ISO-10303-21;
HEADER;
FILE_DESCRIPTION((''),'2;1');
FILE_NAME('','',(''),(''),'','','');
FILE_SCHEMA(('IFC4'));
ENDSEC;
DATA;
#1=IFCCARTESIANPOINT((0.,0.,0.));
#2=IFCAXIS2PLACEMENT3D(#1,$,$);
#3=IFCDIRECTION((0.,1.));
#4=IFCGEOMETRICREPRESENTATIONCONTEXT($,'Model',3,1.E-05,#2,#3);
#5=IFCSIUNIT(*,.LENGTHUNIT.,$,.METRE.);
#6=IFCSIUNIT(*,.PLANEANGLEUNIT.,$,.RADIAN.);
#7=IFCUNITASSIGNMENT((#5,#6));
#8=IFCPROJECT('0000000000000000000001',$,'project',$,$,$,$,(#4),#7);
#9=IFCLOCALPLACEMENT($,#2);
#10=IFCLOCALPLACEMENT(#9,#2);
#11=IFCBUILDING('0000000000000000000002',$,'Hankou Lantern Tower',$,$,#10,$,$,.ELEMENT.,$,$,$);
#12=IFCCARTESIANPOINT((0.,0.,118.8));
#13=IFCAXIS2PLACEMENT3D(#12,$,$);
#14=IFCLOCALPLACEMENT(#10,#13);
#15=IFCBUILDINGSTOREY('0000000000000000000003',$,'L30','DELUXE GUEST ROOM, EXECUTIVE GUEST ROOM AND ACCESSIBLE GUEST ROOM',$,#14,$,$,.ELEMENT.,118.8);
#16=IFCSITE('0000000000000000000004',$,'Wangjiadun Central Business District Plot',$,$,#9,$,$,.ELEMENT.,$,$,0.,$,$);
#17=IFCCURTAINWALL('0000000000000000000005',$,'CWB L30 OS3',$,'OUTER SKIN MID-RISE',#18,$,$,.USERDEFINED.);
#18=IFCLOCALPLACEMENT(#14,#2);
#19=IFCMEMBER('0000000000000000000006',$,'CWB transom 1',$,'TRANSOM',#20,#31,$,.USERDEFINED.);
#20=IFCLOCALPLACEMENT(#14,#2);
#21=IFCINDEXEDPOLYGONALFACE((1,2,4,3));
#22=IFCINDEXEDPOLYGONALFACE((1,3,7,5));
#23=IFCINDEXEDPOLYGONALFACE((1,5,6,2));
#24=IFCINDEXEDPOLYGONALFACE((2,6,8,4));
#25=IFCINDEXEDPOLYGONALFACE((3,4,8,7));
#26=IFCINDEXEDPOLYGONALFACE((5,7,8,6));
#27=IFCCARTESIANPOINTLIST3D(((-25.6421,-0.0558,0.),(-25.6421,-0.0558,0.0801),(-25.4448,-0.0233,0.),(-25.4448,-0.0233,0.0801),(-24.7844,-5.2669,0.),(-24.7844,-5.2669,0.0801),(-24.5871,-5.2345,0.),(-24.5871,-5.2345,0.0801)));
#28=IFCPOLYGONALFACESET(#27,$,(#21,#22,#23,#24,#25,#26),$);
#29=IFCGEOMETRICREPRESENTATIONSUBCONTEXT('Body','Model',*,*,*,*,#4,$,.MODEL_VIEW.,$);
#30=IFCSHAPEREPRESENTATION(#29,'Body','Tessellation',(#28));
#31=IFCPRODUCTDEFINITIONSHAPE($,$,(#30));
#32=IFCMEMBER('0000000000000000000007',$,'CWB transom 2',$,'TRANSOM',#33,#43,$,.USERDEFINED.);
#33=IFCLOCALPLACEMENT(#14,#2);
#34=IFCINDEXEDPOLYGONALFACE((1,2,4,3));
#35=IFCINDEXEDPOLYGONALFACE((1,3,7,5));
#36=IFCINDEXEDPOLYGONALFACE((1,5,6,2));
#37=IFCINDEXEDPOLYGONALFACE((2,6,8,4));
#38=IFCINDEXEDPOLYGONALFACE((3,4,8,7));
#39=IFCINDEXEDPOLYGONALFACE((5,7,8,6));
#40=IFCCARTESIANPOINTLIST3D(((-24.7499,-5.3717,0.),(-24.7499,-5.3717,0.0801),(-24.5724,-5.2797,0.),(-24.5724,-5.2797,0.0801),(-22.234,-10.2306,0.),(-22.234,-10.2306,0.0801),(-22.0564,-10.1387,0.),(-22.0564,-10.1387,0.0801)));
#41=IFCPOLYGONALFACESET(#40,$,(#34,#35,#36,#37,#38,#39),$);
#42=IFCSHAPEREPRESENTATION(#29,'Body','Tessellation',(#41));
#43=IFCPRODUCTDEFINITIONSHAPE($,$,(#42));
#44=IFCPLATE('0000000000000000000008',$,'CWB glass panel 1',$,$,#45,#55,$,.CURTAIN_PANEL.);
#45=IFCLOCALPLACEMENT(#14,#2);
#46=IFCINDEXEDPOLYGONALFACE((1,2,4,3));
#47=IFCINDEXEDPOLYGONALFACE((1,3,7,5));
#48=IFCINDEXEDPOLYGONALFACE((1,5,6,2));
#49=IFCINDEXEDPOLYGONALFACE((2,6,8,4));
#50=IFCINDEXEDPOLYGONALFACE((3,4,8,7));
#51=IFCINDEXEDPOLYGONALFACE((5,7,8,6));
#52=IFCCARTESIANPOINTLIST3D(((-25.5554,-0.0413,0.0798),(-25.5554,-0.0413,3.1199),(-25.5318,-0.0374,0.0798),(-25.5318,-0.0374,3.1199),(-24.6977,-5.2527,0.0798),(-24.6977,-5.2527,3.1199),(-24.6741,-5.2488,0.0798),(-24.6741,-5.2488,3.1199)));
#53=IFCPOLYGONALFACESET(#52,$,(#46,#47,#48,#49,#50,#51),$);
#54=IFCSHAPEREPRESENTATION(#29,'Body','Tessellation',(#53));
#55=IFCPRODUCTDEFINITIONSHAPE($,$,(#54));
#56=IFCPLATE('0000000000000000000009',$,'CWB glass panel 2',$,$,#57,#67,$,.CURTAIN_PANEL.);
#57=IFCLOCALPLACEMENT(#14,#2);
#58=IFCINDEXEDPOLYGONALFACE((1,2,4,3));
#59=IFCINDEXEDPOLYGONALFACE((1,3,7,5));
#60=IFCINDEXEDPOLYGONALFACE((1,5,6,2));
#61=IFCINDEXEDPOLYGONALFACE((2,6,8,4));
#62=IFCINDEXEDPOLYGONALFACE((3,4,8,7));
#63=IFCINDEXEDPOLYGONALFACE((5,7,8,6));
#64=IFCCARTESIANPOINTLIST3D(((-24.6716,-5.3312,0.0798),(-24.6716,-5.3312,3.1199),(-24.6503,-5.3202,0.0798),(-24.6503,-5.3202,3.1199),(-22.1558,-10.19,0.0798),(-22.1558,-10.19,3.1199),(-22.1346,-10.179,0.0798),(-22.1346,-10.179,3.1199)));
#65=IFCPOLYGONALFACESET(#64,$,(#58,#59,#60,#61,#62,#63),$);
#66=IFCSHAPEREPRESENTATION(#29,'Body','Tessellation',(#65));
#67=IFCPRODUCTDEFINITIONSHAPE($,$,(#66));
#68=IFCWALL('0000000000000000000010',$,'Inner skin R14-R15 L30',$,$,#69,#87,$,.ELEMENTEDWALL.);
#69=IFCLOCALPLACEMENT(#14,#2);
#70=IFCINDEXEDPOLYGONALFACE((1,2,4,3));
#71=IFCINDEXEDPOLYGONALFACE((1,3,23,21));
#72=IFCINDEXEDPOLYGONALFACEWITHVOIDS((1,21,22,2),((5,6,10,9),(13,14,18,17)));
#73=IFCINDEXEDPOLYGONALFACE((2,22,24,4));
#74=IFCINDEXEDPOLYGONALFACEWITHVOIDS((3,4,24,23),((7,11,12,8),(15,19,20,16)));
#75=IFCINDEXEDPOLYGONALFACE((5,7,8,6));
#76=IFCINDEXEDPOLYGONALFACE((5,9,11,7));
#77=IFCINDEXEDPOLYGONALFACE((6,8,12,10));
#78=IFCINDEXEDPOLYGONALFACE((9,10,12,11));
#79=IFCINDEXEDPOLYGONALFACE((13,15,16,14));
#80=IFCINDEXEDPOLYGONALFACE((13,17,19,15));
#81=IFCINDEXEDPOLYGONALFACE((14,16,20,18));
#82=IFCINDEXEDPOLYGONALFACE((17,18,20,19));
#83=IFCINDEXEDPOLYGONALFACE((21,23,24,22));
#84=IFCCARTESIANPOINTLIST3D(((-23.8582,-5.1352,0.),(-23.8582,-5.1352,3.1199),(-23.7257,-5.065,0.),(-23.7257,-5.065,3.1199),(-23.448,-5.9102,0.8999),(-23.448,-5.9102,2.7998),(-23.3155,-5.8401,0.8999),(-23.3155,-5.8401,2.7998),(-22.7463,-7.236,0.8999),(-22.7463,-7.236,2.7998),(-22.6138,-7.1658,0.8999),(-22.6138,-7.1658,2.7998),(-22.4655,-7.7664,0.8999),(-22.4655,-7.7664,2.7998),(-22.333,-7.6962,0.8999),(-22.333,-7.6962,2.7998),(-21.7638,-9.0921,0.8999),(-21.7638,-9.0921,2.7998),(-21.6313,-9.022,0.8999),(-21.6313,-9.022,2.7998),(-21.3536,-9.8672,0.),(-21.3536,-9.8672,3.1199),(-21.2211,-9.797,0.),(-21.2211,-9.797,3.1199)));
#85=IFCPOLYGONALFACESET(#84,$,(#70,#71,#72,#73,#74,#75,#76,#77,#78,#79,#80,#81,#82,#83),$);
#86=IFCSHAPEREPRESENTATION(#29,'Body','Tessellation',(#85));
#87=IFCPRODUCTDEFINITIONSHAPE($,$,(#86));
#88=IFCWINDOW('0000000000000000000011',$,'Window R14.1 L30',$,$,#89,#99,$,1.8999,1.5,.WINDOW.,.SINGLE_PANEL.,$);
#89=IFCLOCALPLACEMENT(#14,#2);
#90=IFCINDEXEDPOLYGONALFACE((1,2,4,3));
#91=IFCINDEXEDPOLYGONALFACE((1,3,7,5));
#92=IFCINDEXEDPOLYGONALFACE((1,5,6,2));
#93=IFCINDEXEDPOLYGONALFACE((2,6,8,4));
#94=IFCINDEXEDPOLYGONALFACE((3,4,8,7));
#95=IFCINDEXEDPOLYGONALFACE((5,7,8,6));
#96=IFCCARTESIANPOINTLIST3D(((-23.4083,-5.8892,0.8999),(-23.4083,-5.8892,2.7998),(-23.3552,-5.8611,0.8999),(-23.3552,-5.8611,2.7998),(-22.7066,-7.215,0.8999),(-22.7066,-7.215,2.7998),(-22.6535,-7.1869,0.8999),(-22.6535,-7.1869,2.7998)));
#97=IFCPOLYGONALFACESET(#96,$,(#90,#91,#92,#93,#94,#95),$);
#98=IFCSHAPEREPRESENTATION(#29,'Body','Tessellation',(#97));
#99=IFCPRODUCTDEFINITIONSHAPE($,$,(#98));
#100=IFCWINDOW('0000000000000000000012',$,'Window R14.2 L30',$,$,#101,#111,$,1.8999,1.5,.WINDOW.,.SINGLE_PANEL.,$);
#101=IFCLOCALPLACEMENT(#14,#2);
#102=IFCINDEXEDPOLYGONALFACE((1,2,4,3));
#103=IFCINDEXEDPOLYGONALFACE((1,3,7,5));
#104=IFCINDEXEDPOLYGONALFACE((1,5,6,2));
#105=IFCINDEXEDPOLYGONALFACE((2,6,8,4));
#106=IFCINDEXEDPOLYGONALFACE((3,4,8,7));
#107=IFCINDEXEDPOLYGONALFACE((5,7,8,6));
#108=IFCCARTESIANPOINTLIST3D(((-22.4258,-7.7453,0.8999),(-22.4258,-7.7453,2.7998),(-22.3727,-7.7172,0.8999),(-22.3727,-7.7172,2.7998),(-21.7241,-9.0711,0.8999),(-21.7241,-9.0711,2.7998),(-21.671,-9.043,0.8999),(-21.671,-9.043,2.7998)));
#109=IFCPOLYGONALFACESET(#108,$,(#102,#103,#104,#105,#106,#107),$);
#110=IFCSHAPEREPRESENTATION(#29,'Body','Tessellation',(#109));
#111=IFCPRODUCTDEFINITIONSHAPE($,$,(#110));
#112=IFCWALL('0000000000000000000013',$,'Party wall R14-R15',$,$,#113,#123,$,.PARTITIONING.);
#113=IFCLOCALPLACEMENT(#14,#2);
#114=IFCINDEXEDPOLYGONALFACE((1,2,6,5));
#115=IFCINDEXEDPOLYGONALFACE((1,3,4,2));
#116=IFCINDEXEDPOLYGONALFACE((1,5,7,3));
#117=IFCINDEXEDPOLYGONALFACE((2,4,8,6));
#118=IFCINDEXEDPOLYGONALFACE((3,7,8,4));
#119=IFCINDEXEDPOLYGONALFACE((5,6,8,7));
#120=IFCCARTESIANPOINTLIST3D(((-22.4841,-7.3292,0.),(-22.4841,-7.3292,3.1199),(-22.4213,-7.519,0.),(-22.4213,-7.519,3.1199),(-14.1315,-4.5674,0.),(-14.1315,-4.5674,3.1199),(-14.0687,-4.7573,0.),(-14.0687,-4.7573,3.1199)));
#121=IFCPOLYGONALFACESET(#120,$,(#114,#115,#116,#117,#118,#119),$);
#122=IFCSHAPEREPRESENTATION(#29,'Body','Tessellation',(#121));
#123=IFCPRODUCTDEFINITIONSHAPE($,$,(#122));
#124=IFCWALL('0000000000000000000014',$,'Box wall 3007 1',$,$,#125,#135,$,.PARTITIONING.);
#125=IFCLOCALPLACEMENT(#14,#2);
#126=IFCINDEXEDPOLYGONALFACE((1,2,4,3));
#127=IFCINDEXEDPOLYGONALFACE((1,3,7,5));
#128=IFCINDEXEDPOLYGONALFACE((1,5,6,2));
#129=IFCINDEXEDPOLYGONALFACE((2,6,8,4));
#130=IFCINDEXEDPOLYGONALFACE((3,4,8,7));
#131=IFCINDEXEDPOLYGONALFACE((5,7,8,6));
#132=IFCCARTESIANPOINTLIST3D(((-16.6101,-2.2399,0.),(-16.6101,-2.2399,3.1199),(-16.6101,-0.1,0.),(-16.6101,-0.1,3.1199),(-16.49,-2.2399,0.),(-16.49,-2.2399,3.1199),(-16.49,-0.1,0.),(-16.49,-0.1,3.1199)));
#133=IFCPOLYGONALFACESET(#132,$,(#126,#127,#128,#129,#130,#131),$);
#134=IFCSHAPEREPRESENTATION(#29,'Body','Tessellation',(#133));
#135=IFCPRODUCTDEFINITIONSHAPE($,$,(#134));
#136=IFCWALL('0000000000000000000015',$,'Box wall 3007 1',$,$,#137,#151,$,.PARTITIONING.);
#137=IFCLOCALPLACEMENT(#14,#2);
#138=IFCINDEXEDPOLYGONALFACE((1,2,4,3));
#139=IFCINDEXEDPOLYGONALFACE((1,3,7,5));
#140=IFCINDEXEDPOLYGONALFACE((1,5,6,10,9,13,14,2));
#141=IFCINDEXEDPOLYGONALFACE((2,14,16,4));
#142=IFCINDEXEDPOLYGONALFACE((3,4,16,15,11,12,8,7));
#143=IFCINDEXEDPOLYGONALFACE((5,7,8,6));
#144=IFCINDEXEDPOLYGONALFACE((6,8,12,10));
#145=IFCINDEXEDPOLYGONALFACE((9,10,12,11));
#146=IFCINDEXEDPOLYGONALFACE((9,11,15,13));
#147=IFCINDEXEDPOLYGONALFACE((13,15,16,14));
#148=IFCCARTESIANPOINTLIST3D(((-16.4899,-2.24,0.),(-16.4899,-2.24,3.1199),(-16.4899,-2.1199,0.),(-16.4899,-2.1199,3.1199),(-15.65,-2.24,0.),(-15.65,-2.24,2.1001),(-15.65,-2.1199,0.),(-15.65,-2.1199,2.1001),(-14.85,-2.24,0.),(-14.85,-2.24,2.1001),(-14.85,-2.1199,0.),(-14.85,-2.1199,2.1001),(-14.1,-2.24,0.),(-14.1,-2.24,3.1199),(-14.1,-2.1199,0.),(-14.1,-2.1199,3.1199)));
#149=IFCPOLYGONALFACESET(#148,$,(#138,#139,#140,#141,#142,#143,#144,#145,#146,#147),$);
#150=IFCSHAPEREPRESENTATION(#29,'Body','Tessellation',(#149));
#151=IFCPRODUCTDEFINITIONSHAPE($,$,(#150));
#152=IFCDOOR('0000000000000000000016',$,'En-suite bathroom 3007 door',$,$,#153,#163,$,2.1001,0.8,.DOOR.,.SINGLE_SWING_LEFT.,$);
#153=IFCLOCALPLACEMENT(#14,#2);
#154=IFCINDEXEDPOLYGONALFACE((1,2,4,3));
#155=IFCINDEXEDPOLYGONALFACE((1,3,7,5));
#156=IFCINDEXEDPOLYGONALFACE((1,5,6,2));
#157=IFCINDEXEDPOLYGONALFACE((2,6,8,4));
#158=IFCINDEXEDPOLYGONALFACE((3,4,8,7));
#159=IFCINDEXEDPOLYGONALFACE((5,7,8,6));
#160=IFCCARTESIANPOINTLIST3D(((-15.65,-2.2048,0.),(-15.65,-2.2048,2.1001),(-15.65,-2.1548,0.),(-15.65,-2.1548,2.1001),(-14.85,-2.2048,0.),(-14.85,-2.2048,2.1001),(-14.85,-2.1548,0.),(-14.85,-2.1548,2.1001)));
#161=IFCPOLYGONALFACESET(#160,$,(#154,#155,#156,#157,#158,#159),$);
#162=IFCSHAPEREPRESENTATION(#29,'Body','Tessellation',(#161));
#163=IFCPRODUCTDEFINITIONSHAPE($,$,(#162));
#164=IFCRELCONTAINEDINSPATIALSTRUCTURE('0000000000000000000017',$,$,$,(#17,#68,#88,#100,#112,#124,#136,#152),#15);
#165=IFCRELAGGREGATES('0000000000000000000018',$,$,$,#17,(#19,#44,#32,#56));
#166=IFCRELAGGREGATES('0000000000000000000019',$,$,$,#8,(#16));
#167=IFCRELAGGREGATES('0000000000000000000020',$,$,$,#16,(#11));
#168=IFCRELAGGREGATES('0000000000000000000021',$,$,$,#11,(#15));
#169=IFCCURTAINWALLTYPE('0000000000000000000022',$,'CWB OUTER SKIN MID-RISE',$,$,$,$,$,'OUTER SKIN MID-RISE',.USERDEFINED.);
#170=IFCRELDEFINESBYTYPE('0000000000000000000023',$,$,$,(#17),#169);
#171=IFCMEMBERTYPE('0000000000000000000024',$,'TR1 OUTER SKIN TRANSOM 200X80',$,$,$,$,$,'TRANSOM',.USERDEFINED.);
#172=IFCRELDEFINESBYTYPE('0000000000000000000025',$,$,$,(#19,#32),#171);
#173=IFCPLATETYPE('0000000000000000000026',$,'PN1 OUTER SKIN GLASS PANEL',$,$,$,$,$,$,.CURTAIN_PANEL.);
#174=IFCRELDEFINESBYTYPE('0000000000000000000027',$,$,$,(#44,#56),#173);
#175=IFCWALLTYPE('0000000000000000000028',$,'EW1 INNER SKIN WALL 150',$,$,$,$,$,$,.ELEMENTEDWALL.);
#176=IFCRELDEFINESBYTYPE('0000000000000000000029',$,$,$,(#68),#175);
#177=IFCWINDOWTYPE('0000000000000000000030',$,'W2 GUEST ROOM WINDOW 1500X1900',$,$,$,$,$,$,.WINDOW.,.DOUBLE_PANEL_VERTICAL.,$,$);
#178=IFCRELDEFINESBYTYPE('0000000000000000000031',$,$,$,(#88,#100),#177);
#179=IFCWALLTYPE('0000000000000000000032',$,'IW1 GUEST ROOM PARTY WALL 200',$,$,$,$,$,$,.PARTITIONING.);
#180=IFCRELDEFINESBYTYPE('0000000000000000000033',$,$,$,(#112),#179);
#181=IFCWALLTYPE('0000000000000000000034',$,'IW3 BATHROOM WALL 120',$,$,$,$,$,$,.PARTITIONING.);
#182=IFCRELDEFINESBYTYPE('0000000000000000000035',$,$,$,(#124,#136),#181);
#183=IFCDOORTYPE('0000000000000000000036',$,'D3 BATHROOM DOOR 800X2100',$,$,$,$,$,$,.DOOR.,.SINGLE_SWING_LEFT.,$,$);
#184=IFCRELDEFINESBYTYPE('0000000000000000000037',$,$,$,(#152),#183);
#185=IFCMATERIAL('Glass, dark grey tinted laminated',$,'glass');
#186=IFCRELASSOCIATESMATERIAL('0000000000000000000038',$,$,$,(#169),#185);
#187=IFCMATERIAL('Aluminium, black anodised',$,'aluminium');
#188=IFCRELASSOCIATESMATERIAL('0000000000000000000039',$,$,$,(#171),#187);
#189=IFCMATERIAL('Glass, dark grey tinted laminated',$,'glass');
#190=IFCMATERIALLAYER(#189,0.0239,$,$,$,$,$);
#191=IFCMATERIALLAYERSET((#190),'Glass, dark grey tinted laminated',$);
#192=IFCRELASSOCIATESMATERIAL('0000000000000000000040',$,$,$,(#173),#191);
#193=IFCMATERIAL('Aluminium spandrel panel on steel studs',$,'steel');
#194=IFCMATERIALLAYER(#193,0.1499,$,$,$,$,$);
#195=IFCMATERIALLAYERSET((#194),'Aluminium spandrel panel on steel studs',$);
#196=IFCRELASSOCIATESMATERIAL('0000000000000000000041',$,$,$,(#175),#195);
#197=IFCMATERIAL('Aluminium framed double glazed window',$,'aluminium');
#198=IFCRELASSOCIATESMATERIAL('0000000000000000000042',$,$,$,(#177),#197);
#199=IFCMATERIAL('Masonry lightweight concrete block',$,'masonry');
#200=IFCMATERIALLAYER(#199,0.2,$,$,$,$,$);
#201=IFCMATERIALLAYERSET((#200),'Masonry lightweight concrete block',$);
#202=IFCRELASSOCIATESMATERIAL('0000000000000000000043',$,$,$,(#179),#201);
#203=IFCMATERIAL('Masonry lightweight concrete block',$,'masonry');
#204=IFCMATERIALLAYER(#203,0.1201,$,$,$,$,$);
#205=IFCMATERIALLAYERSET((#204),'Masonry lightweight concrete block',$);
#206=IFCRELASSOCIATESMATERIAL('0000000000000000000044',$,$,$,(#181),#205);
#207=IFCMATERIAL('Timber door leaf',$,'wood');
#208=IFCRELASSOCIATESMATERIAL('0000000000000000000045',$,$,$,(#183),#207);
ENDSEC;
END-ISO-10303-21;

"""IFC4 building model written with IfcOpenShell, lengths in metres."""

from ifc_helpers import new_model, si_unit, direction, frame, frame_2d, origin, origin_2d, place, context, subcontext, project, spatial, rectangle, extrude, material, layer, layer_set, material_profile, profile_set, type_object, element, fill, aggregate, save


model = new_model("IFC4")

# Units and contexts
model_context = context("Model", 3, precision=1e-05, world=origin(), true_north=direction((0.0, 1.0)))
body_context = subcontext(model_context, "Body", "Model", "MODEL_VIEW")
ifc_project = project(units=[si_unit("LENGTHUNIT", "METRE"), si_unit("PLANEANGLEUNIT", "RADIAN")], contexts=[model_context])

# Site, building, storey
site_placement = place(None, origin())
site = spatial("IfcSite", under=ifc_project, at=site_placement, Name="Wangjiadun Central Business District Plot", CompositionType="ELEMENT", RefElevation=0.0)
building_placement = place(site_placement, origin())
building = spatial("IfcBuilding", under=site, at=building_placement, Name="Hankou Lantern Tower", CompositionType="ELEMENT")
storey_placement = place(building_placement, frame((0.0, 0.0, 118.8)))
storey = spatial("IfcBuildingStorey", under=building, at=storey_placement, Name="L30", Description="DELUXE GUEST ROOM, EXECUTIVE GUEST ROOM AND ACCESSIBLE GUEST ROOM", CompositionType="ELEMENT", Elevation=118.8)

# Curtain wall
ifc_material_1 = material(Name="Glass, dark grey tinted laminated", Category="glass")
curtain_wall_type = type_object("IfcCurtainWallType", Name="CWB OUTER SKIN MID-RISE", ElementType="OUTER SKIN MID-RISE", PredefinedType="USERDEFINED", material=ifc_material_1)
curtain_wall_placement = place(storey_placement, origin())
curtain_wall = element("IfcCurtainWall", 1, at=curtain_wall_placement, inside=storey, type_object=curtain_wall_type, Name="CWB L30 OS3", ObjectType="OUTER SKIN MID-RISE", PredefinedType="USERDEFINED")

# Members
ifc_material_2 = material(Name="Aluminium, black anodised", Category="aluminium")
ifc_material_profile_1 = material_profile(ifc_material_2, rectangle(XDim=0.2, YDim=0.0801, at=origin_2d()), Name="TR1 200X80")
ifc_profile_set_1 = profile_set([ifc_material_profile_1], Name="Aluminium, black anodised")
member_type_1 = type_object("IfcMemberType", Name="TR1 OUTER SKIN TRANSOM 200X80", ElementType="TRANSOM", PredefinedType="USERDEFINED", material=ifc_profile_set_1)
member_1_placement = place(storey_placement, frame((-25.5435, -0.0396, 0.04), z_axis=(0.162397, -0.986725, 0.0), x_axis=(0.986725, 0.162397, 0.0)))
member_1 = element("IfcMember", 2, at=member_1_placement, type_object=member_type_1, Name="CWB transom 1", ObjectType="TRANSOM", PredefinedType="USERDEFINED", context=body_context, shape_type="SweptSolid", body=[
    extrude(rectangle(XDim=0.2, YDim=0.0801, at=origin_2d()), origin(), (0.0, 0.0, 1.0), 5.2812),
])
member_2_placement = place(storey_placement, frame((-24.6611, -5.3257, 0.04), z_axis=(0.459805, -0.88802, 0.0), x_axis=(0.88802, 0.459805, 0.0)))
member_2 = element("IfcMember", 3, at=member_2_placement, type_object=member_type_1, Name="CWB transom 2", ObjectType="TRANSOM", PredefinedType="USERDEFINED", context=body_context, shape_type="SweptSolid", body=[
    extrude(rectangle(XDim=0.2, YDim=0.0801, at=origin_2d()), origin(), (0.0, 0.0, 1.0), 5.4717),
])

# Plates
ifc_material_3 = material(Name="Glass, dark grey tinted laminated", Category="glass")
ifc_layer_1 = layer(ifc_material_3, 0.0239)
ifc_layer_set_1 = layer_set([ifc_layer_1], Name="Glass, dark grey tinted laminated")
plate_type = type_object("IfcPlateType", Name="PN1 OUTER SKIN GLASS PANEL", PredefinedType="CURTAIN_PANEL", material=ifc_layer_set_1)
plate_1_placement = place(storey_placement, frame((-25.1147, -2.645, 0.0798), z_axis=(0.0, 0.0, 1.0), x_axis=(0.162382, -0.986728, 0.0)))
plate_1 = element("IfcPlate", 4, at=plate_1_placement, type_object=plate_type, Name="CWB glass panel 1", PredefinedType="CURTAIN_PANEL", context=body_context, shape_type="SweptSolid", body=[
    extrude(rectangle(XDim=5.2815, YDim=0.0239, at=origin_2d()), origin(), (0.0, 0.0, 1.0), 3.04),
])
plate_2_placement = place(storey_placement, frame((-23.4031, -7.7551, 0.0798), z_axis=(0.0, 0.0, 1.0), x_axis=(0.459791, -0.888027, 0.0)))
plate_2 = element("IfcPlate", 5, at=plate_2_placement, type_object=plate_type, Name="CWB glass panel 2", PredefinedType="CURTAIN_PANEL", context=body_context, shape_type="SweptSolid", body=[
    extrude(rectangle(XDim=5.4714, YDim=0.0239, at=origin_2d()), origin(), (0.0, 0.0, 1.0), 3.04),
])
aggregate(curtain_wall, [member_1, plate_1, member_2, plate_2])

# Wall, openings, windows
ifc_material_4 = material(Name="Aluminium spandrel panel on steel studs", Category="steel")
ifc_layer_2 = layer(ifc_material_4, 0.1499)
ifc_layer_set_2 = layer_set([ifc_layer_2], Name="Aluminium spandrel panel on steel studs")
wall_type_1 = type_object("IfcWallType", Name="EW1 INNER SKIN WALL 150", PredefinedType="ELEMENTEDWALL", material=ifc_layer_set_2)
wall_1_placement = place(storey_placement, frame((-23.792, -5.1001, 0.0), z_axis=(0.0, 0.0, 1.0), x_axis=(0.467814, -0.883827, 0.0)))
wall_1 = element("IfcWall", 6, at=wall_1_placement, inside=storey, type_object=wall_type_1, Name="Inner skin R14-R15 L30", PredefinedType="ELEMENTEDWALL", context=body_context, shape_type="SweptSolid", body=[
    extrude(rectangle(XDim=5.354, YDim=0.1499, at=frame_2d((2.677, 0.0))), origin(), (0.0, 0.0, 1.0), 3.1199),
])
opening_1_placement = place(wall_1_placement, frame((0.877, 0.0, 0.8999)))
opening_1 = element("IfcOpeningElement", 7, at=opening_1_placement, cuts=wall_1, PredefinedType="OPENING", context=body_context, shape_type="SweptSolid", body=[
    extrude(rectangle(XDim=1.5, YDim=1.8999, at=frame_2d((0.75, 0.95))), frame((0.0, 0.085, 0.0), z_axis=(0.0, -1.0, 0.0), x_axis=(1.0, 0.0, 0.0)), (0.0, 0.0, 1.0), 0.1699),
])
opening_2_placement = place(wall_1_placement, frame((2.9771, 0.0, 0.8999)))
opening_2 = element("IfcOpeningElement", 8, at=opening_2_placement, cuts=wall_1, PredefinedType="OPENING", context=body_context, shape_type="SweptSolid", body=[
    extrude(rectangle(XDim=1.5, YDim=1.8999, at=frame_2d((0.75, 0.95))), frame((0.0, 0.085, 0.0), z_axis=(0.0, -1.0, 0.0), x_axis=(1.0, 0.0, 0.0)), (0.0, 0.0, 1.0), 0.1699),
])
ifc_material_5 = material(Name="Aluminium framed double glazed window", Category="aluminium")
window_type = type_object("IfcWindowType", Name="W2 GUEST ROOM WINDOW 1500X1900", PartitioningType="DOUBLE_PANEL_VERTICAL", PredefinedType="WINDOW", material=ifc_material_5)
window_1_placement = place(opening_1_placement, origin())
window_1 = element("IfcWindow", 9, at=window_1_placement, inside=storey, type_object=window_type, Name="Window R14.1 L30", OverallHeight=1.8999, OverallWidth=1.5, PartitioningType="SINGLE_PANEL", PredefinedType="WINDOW", context=body_context, shape_type="SweptSolid", body=[
    extrude(rectangle(XDim=1.5, YDim=1.8999, at=frame_2d((0.75, 0.95))), frame((0.0, 0.03, 0.0), z_axis=(0.0, -1.0, 0.0), x_axis=(1.0, 0.0, 0.0)), (0.0, 0.0, 1.0), 0.0601),
])
fill(opening_1, window_1)
window_2_placement = place(opening_2_placement, origin())
window_2 = element("IfcWindow", 10, at=window_2_placement, inside=storey, type_object=window_type, Name="Window R14.2 L30", OverallHeight=1.8999, OverallWidth=1.5, PartitioningType="SINGLE_PANEL", PredefinedType="WINDOW", context=body_context, shape_type="SweptSolid", body=[
    extrude(rectangle(XDim=1.5, YDim=1.8999, at=frame_2d((0.75, 0.95))), frame((0.0, 0.03, 0.0), z_axis=(0.0, -1.0, 0.0), x_axis=(1.0, 0.0, 0.0)), (0.0, 0.0, 1.0), 0.0601),
])
fill(opening_2, window_2)

# Walls
ifc_material_6 = material(Name="Masonry lightweight concrete block", Category="masonry")
ifc_layer_3 = layer(ifc_material_6, 0.2)
ifc_layer_set_3 = layer_set([ifc_layer_3], Name="Masonry lightweight concrete block")
wall_type_2 = type_object("IfcWallType", Name="IW1 GUEST ROOM PARTY WALL 200", PredefinedType="PARTITIONING", material=ifc_layer_set_3)
wall_2_placement = place(storey_placement, frame((-14.1001, -4.6624, 0.0), z_axis=(0.0, 0.0, 1.0), x_axis=(-0.949446, -0.313929, 0.0)))
element("IfcWall", 11, at=wall_2_placement, inside=storey, type_object=wall_type_2, Name="Party wall R14-R15", PredefinedType="PARTITIONING", context=body_context, shape_type="SweptSolid", body=[
    extrude(rectangle(XDim=8.7974, YDim=0.2, at=frame_2d((4.3987, 0.0))), origin(), (0.0, 0.0, 1.0), 3.1199),
])
ifc_material_7 = material(Name="Masonry lightweight concrete block", Category="masonry")
ifc_layer_4 = layer(ifc_material_7, 0.1201)
ifc_layer_set_4 = layer_set([ifc_layer_4], Name="Masonry lightweight concrete block")
wall_type_3 = type_object("IfcWallType", Name="IW3 BATHROOM WALL 120", PredefinedType="PARTITIONING", material=ifc_layer_set_4)
wall_3_placement = place(storey_placement, frame((-16.55, -0.1001, 0.0), z_axis=(0.0, 0.0, 1.0), x_axis=(0.0, -1.0, 0.0)))
element("IfcWall", 12, at=wall_3_placement, inside=storey, type_object=wall_type_3, Name="Box wall 3007 1", PredefinedType="PARTITIONING", context=body_context, shape_type="SweptSolid", body=[
    extrude(rectangle(XDim=2.1399, YDim=0.1201, at=frame_2d((1.0698, 0.0))), origin(), (0.0, 0.0, 1.0), 3.1199),
])

# Wall, opening, door
wall_4_placement = place(storey_placement, frame((-14.1001, -2.1799, 0.0), z_axis=(0.0, 0.0, 1.0), x_axis=(-1.0, 0.0, 0.0)))
wall_4 = element("IfcWall", 13, at=wall_4_placement, inside=storey, type_object=wall_type_3, Name="Box wall 3007 1", PredefinedType="PARTITIONING", context=body_context, shape_type="SweptSolid", body=[
    extrude(rectangle(XDim=2.3899, YDim=0.1201, at=frame_2d((1.1948, 0.0))), origin(), (0.0, 0.0, 1.0), 3.1199),
])
opening_3_placement = place(wall_4_placement, frame((0.75, 0.0, 0.0)))
opening_3 = element("IfcOpeningElement", 14, at=opening_3_placement, cuts=wall_4, PredefinedType="OPENING", context=body_context, shape_type="SweptSolid", body=[
    extrude(rectangle(XDim=0.8, YDim=2.1001, at=frame_2d((0.3999, 1.05))), frame((0.0, 0.0701, 0.0), z_axis=(0.0, -1.0, 0.0), x_axis=(1.0, 0.0, 0.0)), (0.0, 0.0, 1.0), 0.1401),
])
ifc_material_8 = material(Name="Timber door leaf", Category="wood")
door_type = type_object("IfcDoorType", Name="D3 BATHROOM DOOR 800X2100", OperationType="SINGLE_SWING_LEFT", PredefinedType="DOOR", material=ifc_material_8)
door_1_placement = place(opening_3_placement, origin())
door_1 = element("IfcDoor", 15, at=door_1_placement, inside=storey, type_object=door_type, Name="En-suite bathroom 3007 door", OperationType="SINGLE_SWING_LEFT", OverallHeight=2.1001, OverallWidth=0.8, PredefinedType="DOOR", context=body_context, shape_type="SweptSolid", body=[
    extrude(rectangle(XDim=0.8, YDim=2.1001, at=frame_2d((0.3999, 1.05))), frame((0.0, 0.0249, 0.0), z_axis=(0.0, -1.0, 0.0), x_axis=(1.0, 0.0, 0.0)), (0.0, 0.0, 1.0), 0.05),
])
fill(opening_3, door_1)

save(model, "model.ifc")
